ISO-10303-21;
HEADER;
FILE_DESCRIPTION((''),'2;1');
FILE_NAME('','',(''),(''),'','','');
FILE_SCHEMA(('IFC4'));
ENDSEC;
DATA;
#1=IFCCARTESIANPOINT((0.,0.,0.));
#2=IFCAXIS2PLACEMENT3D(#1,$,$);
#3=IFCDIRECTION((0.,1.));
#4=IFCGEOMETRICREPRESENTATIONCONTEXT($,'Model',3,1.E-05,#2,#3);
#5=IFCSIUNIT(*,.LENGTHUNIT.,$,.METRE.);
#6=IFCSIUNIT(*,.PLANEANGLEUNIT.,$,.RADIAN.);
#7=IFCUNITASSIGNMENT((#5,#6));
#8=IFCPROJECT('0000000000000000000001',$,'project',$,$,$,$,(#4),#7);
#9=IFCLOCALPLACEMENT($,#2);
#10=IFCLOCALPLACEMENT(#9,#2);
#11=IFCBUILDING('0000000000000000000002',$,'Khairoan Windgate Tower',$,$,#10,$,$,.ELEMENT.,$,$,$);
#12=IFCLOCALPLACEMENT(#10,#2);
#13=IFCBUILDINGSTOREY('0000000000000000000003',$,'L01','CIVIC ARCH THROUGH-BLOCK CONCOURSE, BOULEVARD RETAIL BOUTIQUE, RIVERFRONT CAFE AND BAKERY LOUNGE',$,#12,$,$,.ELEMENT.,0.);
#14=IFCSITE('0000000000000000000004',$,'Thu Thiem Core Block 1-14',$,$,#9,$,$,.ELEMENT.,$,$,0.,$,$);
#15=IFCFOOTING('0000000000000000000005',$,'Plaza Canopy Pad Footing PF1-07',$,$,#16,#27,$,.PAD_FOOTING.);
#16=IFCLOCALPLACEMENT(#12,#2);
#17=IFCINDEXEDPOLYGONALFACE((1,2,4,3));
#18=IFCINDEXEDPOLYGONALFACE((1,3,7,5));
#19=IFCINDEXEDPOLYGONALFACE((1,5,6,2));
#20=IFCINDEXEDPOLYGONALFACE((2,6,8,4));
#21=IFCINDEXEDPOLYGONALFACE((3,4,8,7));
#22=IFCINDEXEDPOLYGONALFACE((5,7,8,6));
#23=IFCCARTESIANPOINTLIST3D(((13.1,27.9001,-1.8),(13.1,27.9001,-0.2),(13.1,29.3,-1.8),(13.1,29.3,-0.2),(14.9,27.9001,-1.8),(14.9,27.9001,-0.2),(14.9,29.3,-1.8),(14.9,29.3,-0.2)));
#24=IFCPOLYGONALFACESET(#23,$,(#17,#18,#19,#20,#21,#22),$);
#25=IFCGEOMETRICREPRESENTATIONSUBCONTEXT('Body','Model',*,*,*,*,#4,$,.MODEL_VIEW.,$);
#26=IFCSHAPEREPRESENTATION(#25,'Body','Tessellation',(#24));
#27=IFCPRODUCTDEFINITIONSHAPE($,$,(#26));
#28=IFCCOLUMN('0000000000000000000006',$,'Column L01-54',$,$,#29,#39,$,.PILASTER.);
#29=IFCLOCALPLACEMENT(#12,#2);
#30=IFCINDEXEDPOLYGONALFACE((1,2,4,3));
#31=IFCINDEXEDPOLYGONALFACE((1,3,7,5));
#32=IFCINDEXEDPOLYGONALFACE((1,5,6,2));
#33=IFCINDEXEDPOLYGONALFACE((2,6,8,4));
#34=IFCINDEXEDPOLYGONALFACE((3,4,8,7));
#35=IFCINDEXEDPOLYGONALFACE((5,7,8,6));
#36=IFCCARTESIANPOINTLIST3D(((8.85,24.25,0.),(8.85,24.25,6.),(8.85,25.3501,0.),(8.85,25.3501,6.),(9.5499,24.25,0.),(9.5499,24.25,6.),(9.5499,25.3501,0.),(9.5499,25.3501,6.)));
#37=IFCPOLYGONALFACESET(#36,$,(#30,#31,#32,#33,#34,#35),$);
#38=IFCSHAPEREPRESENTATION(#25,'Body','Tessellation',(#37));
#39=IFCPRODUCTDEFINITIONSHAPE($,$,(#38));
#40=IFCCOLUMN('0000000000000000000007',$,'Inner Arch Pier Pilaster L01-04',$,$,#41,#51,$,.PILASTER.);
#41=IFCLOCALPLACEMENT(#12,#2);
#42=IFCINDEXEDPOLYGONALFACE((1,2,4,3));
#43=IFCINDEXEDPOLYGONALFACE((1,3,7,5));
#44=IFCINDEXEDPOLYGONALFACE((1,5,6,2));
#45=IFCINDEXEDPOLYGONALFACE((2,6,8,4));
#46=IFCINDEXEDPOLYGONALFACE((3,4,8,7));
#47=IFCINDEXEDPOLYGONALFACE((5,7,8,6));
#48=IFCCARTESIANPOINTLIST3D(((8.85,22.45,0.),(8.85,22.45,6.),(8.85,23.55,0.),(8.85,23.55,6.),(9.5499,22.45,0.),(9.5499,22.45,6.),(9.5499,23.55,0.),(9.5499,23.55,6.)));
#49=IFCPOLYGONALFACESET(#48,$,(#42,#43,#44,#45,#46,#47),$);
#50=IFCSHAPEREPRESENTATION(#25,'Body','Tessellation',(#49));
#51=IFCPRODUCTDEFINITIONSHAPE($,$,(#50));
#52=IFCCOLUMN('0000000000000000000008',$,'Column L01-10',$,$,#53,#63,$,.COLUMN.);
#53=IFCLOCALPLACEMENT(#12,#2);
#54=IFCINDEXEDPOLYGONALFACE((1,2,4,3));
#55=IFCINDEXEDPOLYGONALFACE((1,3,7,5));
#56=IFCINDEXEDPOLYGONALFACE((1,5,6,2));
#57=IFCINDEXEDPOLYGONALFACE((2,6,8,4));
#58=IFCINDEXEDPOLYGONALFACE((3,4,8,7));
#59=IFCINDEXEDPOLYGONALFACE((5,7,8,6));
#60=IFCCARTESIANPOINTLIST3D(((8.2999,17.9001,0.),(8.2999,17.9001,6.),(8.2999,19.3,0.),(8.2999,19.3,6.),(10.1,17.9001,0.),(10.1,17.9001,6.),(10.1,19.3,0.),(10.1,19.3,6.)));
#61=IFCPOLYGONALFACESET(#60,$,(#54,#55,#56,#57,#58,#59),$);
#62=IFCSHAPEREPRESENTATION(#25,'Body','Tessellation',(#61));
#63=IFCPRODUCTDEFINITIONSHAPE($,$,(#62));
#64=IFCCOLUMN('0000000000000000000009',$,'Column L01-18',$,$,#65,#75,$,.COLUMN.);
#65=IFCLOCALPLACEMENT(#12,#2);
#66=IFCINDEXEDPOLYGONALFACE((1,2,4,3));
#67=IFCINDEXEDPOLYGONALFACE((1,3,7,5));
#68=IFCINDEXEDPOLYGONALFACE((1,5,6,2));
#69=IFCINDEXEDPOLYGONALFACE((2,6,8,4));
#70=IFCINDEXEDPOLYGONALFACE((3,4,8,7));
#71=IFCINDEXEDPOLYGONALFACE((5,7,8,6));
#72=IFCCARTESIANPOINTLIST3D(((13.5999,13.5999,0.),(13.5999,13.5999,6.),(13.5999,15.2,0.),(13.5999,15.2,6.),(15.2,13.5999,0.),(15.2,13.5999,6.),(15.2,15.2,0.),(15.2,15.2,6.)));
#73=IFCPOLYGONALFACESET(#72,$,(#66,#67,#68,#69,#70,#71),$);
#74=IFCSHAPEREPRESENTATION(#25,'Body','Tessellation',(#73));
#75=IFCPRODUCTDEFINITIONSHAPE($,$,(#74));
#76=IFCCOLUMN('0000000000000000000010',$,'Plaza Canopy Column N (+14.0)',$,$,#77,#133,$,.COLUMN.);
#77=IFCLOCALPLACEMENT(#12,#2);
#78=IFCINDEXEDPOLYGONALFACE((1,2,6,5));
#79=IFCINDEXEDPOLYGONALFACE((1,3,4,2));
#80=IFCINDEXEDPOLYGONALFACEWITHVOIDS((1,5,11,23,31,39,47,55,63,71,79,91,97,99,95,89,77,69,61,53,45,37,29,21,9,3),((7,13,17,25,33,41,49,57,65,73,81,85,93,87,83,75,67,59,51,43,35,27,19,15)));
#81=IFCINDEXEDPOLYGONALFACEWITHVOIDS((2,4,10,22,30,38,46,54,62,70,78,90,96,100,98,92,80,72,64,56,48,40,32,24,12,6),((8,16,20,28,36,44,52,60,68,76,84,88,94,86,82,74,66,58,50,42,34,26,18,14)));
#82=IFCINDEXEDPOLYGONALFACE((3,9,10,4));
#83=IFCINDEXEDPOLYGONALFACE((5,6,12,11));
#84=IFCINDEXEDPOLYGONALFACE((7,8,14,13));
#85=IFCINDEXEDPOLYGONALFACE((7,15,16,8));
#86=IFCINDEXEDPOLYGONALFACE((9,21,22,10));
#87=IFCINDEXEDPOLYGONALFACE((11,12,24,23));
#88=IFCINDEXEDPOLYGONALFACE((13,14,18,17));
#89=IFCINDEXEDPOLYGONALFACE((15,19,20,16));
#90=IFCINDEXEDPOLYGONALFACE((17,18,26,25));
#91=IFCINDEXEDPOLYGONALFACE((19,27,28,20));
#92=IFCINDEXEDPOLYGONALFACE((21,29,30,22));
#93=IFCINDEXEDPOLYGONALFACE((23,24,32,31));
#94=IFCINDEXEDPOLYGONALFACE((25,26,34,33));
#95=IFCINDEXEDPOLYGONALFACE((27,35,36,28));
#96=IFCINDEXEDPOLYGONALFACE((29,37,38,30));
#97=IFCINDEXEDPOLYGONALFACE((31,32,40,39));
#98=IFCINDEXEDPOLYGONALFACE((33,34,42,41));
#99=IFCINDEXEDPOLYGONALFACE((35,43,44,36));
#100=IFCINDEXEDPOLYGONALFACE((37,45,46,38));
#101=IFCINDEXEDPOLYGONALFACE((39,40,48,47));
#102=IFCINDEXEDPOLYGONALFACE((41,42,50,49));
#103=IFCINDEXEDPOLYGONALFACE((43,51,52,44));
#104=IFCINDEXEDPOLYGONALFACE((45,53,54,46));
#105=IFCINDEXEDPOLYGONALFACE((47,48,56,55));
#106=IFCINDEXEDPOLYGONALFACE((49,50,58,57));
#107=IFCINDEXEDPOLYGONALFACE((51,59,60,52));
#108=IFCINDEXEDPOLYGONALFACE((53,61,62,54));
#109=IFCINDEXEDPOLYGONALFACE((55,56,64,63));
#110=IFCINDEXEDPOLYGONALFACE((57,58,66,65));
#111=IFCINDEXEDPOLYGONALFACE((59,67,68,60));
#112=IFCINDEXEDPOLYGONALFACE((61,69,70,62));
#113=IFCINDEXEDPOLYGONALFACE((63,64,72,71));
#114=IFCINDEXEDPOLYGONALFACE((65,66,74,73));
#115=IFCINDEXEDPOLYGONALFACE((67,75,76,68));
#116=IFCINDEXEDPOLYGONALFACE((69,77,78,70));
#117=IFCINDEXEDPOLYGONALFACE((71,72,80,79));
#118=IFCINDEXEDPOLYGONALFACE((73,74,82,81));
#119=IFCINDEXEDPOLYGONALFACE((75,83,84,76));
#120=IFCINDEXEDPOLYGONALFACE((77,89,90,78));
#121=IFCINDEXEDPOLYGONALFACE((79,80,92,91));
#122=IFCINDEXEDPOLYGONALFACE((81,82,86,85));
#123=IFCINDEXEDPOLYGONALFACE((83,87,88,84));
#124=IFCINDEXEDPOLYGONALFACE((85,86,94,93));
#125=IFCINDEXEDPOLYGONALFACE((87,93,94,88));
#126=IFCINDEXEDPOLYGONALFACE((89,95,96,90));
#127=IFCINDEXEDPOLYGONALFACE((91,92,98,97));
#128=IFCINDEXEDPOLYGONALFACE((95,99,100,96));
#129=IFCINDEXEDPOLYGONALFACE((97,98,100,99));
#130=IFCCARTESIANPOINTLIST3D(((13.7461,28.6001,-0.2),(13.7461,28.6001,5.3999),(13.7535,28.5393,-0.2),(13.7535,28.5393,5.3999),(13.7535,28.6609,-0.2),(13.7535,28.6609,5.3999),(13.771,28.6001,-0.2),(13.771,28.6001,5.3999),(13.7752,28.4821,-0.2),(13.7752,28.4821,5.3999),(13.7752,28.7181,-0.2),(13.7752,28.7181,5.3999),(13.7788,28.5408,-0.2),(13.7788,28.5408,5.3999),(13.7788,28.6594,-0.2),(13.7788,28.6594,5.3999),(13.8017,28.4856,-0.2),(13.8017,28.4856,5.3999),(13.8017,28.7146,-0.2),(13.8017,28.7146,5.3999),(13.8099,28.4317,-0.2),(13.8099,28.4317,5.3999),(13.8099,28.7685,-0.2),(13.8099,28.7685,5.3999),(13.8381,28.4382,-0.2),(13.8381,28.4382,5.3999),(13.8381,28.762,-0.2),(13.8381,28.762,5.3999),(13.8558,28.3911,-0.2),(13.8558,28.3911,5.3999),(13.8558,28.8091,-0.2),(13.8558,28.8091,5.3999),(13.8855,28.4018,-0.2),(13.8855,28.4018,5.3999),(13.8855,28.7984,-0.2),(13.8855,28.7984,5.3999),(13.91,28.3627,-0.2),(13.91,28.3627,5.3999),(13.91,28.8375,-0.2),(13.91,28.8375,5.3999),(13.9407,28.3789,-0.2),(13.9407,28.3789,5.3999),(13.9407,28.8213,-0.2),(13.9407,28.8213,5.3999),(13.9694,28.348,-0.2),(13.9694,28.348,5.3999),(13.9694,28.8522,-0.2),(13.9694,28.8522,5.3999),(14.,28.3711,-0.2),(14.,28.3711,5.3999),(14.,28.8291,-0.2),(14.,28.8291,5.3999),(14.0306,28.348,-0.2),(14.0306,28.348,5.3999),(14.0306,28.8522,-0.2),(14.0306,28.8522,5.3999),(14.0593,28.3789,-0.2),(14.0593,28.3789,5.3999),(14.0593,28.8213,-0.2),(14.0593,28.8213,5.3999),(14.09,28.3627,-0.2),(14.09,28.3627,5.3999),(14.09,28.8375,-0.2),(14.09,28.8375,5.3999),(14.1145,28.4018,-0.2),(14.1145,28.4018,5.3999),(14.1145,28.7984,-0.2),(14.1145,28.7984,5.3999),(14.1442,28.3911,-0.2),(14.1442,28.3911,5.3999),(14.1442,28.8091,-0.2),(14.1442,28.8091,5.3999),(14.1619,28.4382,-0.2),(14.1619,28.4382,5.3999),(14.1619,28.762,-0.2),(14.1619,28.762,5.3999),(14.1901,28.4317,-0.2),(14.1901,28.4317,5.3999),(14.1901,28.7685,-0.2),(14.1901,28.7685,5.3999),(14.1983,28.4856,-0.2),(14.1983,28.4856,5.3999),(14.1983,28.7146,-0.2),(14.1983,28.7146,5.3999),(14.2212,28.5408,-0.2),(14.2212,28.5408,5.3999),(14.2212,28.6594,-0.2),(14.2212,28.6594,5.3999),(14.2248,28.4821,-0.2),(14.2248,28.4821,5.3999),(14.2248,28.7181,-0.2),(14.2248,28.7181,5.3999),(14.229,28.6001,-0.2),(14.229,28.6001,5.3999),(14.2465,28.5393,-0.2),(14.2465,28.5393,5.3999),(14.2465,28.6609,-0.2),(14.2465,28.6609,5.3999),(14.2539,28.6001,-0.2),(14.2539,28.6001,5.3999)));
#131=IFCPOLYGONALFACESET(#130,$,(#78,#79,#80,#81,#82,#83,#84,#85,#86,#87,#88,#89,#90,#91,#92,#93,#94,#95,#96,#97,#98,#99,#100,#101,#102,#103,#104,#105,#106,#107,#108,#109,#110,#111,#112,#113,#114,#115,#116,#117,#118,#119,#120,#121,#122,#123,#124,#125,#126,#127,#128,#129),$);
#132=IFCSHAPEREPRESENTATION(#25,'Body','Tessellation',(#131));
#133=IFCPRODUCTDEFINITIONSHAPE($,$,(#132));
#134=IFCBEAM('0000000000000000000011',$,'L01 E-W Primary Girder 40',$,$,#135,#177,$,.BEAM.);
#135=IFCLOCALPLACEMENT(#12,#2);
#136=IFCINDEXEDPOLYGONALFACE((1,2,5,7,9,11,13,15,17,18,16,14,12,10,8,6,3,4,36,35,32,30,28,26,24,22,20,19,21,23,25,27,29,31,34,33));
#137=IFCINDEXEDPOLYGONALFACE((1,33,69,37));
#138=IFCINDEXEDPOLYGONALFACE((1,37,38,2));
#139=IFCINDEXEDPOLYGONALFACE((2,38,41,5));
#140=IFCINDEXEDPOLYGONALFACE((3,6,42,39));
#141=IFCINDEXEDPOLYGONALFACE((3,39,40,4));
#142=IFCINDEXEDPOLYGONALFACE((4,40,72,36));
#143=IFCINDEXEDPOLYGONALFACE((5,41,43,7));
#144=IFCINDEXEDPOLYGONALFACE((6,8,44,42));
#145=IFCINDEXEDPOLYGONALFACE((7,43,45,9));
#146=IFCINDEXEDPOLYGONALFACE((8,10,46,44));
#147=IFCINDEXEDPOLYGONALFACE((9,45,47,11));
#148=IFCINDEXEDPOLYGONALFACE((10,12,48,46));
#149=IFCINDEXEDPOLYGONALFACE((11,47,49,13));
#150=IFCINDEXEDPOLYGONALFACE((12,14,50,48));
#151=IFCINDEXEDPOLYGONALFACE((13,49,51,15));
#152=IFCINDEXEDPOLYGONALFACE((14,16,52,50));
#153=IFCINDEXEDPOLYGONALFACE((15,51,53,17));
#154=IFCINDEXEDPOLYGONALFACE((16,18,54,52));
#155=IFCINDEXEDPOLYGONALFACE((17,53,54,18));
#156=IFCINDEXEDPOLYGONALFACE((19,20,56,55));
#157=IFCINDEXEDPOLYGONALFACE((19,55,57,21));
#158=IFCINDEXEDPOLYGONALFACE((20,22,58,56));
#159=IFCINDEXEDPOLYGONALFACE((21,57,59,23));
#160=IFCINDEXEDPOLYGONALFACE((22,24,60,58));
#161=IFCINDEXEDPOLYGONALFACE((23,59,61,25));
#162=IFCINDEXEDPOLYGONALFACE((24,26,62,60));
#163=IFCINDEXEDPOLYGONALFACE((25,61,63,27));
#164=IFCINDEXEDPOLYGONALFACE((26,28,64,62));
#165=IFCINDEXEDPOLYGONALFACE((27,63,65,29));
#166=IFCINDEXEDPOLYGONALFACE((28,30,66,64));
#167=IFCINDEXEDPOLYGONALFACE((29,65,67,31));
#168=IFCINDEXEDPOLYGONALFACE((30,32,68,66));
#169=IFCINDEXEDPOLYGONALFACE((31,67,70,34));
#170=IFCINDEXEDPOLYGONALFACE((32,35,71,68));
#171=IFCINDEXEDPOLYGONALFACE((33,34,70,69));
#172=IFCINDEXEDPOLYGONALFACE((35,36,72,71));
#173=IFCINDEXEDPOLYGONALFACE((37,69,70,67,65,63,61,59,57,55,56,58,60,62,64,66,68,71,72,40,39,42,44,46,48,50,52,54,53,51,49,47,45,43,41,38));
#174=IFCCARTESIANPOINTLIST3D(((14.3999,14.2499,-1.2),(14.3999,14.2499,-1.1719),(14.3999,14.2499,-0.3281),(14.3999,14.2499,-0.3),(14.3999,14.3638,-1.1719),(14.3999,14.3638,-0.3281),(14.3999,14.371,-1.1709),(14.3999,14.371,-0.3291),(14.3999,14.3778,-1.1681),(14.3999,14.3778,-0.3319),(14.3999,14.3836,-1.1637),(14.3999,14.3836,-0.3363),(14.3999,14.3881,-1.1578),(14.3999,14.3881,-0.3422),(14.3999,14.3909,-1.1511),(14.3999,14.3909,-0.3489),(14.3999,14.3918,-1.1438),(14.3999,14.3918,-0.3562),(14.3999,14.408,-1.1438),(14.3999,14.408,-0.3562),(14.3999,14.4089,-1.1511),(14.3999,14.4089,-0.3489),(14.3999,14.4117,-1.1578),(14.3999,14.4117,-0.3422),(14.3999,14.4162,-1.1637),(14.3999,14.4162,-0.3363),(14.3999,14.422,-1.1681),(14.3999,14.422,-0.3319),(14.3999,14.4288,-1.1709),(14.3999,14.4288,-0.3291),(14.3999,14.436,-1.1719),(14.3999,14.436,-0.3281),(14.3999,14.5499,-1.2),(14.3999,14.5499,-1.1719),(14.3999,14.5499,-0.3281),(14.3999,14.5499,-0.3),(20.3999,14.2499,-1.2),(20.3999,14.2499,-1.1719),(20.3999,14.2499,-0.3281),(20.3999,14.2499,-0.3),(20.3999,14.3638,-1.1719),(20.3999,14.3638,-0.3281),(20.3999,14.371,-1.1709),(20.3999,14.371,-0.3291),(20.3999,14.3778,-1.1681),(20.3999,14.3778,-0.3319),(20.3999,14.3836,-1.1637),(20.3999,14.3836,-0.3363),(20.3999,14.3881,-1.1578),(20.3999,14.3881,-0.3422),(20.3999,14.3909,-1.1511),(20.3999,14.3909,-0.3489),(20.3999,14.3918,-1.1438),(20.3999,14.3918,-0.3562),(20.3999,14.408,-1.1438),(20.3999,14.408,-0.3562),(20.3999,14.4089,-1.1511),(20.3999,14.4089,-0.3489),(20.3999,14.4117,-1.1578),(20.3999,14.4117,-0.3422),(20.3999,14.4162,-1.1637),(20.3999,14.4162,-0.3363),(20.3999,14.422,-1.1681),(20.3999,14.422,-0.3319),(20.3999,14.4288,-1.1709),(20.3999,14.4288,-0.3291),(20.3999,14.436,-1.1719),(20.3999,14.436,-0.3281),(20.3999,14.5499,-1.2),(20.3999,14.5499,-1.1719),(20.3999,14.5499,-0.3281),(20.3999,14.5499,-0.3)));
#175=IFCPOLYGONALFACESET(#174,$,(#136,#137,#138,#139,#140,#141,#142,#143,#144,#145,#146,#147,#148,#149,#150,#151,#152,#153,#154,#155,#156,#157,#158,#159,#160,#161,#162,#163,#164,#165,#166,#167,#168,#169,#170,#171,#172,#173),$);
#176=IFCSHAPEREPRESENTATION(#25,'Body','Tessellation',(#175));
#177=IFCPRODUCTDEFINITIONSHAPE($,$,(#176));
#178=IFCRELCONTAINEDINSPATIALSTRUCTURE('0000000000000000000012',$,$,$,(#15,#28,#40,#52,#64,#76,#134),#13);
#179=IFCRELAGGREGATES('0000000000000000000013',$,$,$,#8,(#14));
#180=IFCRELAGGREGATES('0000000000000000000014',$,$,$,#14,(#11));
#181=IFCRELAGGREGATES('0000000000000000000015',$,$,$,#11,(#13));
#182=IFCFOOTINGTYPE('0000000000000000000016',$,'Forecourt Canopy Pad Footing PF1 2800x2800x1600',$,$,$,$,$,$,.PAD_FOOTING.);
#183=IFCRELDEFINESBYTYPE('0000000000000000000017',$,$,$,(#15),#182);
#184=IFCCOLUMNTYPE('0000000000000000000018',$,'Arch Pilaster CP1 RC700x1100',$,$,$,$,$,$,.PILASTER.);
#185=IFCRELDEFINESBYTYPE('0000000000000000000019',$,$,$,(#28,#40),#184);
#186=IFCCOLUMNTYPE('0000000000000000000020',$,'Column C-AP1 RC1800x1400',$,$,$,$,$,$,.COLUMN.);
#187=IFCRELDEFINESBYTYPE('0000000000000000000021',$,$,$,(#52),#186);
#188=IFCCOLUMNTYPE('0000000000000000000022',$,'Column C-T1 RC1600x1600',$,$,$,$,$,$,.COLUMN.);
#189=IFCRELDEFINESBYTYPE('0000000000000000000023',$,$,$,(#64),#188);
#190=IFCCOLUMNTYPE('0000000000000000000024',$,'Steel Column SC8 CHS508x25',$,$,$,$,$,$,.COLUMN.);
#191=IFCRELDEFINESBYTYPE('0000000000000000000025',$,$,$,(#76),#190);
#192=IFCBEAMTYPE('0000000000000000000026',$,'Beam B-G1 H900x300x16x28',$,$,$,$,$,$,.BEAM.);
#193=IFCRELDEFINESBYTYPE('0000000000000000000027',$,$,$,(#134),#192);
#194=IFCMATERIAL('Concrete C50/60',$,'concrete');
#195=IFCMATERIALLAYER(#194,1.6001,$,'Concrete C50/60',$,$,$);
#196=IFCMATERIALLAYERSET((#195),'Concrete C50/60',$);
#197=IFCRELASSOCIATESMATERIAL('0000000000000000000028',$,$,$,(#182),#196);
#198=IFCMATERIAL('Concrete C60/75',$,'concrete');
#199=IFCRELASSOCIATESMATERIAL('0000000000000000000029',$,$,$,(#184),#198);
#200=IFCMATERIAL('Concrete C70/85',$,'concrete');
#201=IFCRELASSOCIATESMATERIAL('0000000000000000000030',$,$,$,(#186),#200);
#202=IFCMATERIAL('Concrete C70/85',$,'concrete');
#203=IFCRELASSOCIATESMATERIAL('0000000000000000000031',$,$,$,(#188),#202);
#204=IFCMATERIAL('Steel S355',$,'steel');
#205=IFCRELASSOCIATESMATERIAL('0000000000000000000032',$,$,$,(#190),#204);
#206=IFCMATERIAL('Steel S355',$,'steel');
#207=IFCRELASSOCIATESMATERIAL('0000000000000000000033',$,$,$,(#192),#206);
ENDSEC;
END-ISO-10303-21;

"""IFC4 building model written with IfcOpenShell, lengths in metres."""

from ifc_helpers import new_model, si_unit, direction, frame, origin, origin_2d, place, context, subcontext, project, spatial, rectangle, hollow_circle, i_section, extrude, material, layer, layer_set, material_profile, profile_set, type_object, element, save


model = new_model("IFC4")

# Units and contexts
model_context = context("Model", 3, precision=1e-05, world=origin(), true_north=direction((0.0, 1.0)))
body_context = subcontext(model_context, "Body", "Model", "MODEL_VIEW")
ifc_project = project(units=[si_unit("LENGTHUNIT", "METRE"), si_unit("PLANEANGLEUNIT", "RADIAN")], contexts=[model_context])

# Site, building, storey
site_placement = place(None, origin())
site = spatial("IfcSite", under=ifc_project, at=site_placement, Name="Thu Thiem Core Block 1-14", CompositionType="ELEMENT", RefElevation=0.0)
building_placement = place(site_placement, origin())
building = spatial("IfcBuilding", under=site, at=building_placement, Name="Khairoan Windgate Tower", CompositionType="ELEMENT")
storey_placement = place(building_placement, origin())
storey = spatial("IfcBuildingStorey", under=building, at=storey_placement, Name="L01", Description="CIVIC ARCH THROUGH-BLOCK CONCOURSE, BOULEVARD RETAIL BOUTIQUE, RIVERFRONT CAFE AND BAKERY LOUNGE", CompositionType="ELEMENT", Elevation=0.0)

# Footing
ifc_material_1 = material(Name="Concrete C50/60", Category="concrete")
ifc_layer_1 = layer(ifc_material_1, 1.6001, Name="Concrete C50/60")
ifc_layer_set_1 = layer_set([ifc_layer_1], Name="Concrete C50/60")
footing_type = type_object("IfcFootingType", Name="Forecourt Canopy Pad Footing PF1 2800x2800x1600", PredefinedType="PAD_FOOTING", material=ifc_layer_set_1)
footing_placement = place(storey_placement, frame((14.0, 28.6001, -1.8), z_axis=(0.0, 0.0, 1.0), x_axis=(1.0, 0.0, 0.0)))
element("IfcFooting", 1, at=footing_placement, inside=storey, type_object=footing_type, Name="Plaza Canopy Pad Footing PF1-07", PredefinedType="PAD_FOOTING", context=body_context, shape_type="SweptSolid", body=[
    extrude(rectangle(XDim=1.8, YDim=1.3999, at=origin_2d()), origin(), (0.0, 0.0, 1.0), 1.6001),
])

# Columns
ifc_material_2 = material(Name="Concrete C60/75", Category="concrete")
ifc_material_profile_1 = material_profile(ifc_material_2, rectangle(XDim=0.7, YDim=1.1001, at=origin_2d()))
ifc_profile_set_1 = profile_set([ifc_material_profile_1], Name="Concrete C60/75")
column_type_1 = type_object("IfcColumnType", Name="Arch Pilaster CP1 RC700x1100", PredefinedType="PILASTER", material=ifc_profile_set_1)
for number, where, z_axis, x_axis, name in (
    (2, (9.2, 24.8, 0.0), (0.0, 0.0, 1.0), (1.0, 0.0, 0.0), "Column L01-54"),
    (3, (9.2, 23.0, 0.0), (0.0, 0.0, 1.0), (1.0, 0.0, 0.0), "Inner Arch Pier Pilaster L01-04"),
):
    element("IfcColumn", number, at=place(storey_placement, frame(where, z_axis=z_axis, x_axis=x_axis)), inside=storey, type_object=column_type_1, Name=name, PredefinedType="PILASTER", context=body_context, shape_type="SweptSolid", body=[
        extrude(rectangle(XDim=0.7, YDim=1.1001, at=origin_2d()), origin(), (0.0, 0.0, 1.0), 6.0),
    ])
ifc_material_3 = material(Name="Concrete C70/85", Category="concrete")
ifc_material_profile_2 = material_profile(ifc_material_3, rectangle(XDim=1.8, YDim=1.3999, at=origin_2d()))
ifc_profile_set_2 = profile_set([ifc_material_profile_2], Name="Concrete C70/85")
column_type_2 = type_object("IfcColumnType", Name="Column C-AP1 RC1800x1400", PredefinedType="COLUMN", material=ifc_profile_set_2)
column_1_placement = place(storey_placement, frame((9.2, 18.6001, 0.0), z_axis=(0.0, 0.0, 1.0), x_axis=(1.0, 0.0, 0.0)))
element("IfcColumn", 4, at=column_1_placement, inside=storey, type_object=column_type_2, Name="Column L01-10", PredefinedType="COLUMN", context=body_context, shape_type="SweptSolid", body=[
    extrude(rectangle(XDim=1.8, YDim=1.3999, at=origin_2d()), origin(), (0.0, 0.0, 1.0), 6.0),
])
ifc_material_4 = material(Name="Concrete C70/85", Category="concrete")
ifc_material_profile_3 = material_profile(ifc_material_4, rectangle(XDim=1.6001, YDim=1.6001, at=origin_2d()))
ifc_profile_set_3 = profile_set([ifc_material_profile_3], Name="Concrete C70/85")
column_type_3 = type_object("IfcColumnType", Name="Column C-T1 RC1600x1600", PredefinedType="COLUMN", material=ifc_profile_set_3)
column_2_placement = place(storey_placement, frame((14.3999, 14.3999, 0.0), z_axis=(0.0, 0.0, 1.0), x_axis=(1.0, 0.0, 0.0)))
element("IfcColumn", 5, at=column_2_placement, inside=storey, type_object=column_type_3, Name="Column L01-18", PredefinedType="COLUMN", context=body_context, shape_type="SweptSolid", body=[
    extrude(rectangle(XDim=1.6001, YDim=1.6001, at=origin_2d()), origin(), (0.0, 0.0, 1.0), 6.0),
])
ifc_material_5 = material(Name="Steel S355", Category="steel")
ifc_material_profile_4 = material_profile(ifc_material_5, hollow_circle(Radius=0.2539, WallThickness=0.0249, at=origin_2d()))
ifc_profile_set_4 = profile_set([ifc_material_profile_4], Name="Steel S355")
column_type_4 = type_object("IfcColumnType", Name="Steel Column SC8 CHS508x25", PredefinedType="COLUMN", material=ifc_profile_set_4)
column_3_placement = place(storey_placement, frame((14.0, 28.6001, -0.2), z_axis=(0.0, 0.0, 1.0), x_axis=(1.0, 0.0, 0.0)))
element("IfcColumn", 6, at=column_3_placement, inside=storey, type_object=column_type_4, Name="Plaza Canopy Column N (+14.0)", PredefinedType="COLUMN", context=body_context, shape_type="SweptSolid", body=[
    extrude(hollow_circle(Radius=0.2539, WallThickness=0.0249, at=origin_2d()), origin(), (0.0, 0.0, 1.0), 5.5999),
])

# Beam
ifc_material_6 = material(Name="Steel S355", Category="steel")
ifc_material_profile_5 = material_profile(ifc_material_6, i_section(OverallWidth=0.3, OverallDepth=0.8999, WebThickness=0.0161, FlangeThickness=0.0281, FilletRadius=0.0281, at=origin_2d()))
ifc_profile_set_5 = profile_set([ifc_material_profile_5], Name="Steel S355")
beam_type_1 = type_object("IfcBeamType", Name="Beam B-G1 H900x300x16x28", PredefinedType="BEAM", material=ifc_profile_set_5)
beam_1_placement = place(storey_placement, frame((14.3999, 14.3999, -0.75), z_axis=(1.0, 0.0, 0.0), x_axis=(0.0, 1.0, 0.0)))
element("IfcBeam", 7, at=beam_1_placement, inside=storey, type_object=beam_type_1, Name="L01 E-W Primary Girder 40", PredefinedType="BEAM", context=body_context, shape_type="SweptSolid", body=[
    extrude(i_section(OverallWidth=0.3, OverallDepth=0.8999, WebThickness=0.0161, FlangeThickness=0.0281, FilletRadius=0.0281, at=origin_2d()), origin(), (0.0, 0.0, 1.0), 6.0),
])

save(model, "model.ifc")
